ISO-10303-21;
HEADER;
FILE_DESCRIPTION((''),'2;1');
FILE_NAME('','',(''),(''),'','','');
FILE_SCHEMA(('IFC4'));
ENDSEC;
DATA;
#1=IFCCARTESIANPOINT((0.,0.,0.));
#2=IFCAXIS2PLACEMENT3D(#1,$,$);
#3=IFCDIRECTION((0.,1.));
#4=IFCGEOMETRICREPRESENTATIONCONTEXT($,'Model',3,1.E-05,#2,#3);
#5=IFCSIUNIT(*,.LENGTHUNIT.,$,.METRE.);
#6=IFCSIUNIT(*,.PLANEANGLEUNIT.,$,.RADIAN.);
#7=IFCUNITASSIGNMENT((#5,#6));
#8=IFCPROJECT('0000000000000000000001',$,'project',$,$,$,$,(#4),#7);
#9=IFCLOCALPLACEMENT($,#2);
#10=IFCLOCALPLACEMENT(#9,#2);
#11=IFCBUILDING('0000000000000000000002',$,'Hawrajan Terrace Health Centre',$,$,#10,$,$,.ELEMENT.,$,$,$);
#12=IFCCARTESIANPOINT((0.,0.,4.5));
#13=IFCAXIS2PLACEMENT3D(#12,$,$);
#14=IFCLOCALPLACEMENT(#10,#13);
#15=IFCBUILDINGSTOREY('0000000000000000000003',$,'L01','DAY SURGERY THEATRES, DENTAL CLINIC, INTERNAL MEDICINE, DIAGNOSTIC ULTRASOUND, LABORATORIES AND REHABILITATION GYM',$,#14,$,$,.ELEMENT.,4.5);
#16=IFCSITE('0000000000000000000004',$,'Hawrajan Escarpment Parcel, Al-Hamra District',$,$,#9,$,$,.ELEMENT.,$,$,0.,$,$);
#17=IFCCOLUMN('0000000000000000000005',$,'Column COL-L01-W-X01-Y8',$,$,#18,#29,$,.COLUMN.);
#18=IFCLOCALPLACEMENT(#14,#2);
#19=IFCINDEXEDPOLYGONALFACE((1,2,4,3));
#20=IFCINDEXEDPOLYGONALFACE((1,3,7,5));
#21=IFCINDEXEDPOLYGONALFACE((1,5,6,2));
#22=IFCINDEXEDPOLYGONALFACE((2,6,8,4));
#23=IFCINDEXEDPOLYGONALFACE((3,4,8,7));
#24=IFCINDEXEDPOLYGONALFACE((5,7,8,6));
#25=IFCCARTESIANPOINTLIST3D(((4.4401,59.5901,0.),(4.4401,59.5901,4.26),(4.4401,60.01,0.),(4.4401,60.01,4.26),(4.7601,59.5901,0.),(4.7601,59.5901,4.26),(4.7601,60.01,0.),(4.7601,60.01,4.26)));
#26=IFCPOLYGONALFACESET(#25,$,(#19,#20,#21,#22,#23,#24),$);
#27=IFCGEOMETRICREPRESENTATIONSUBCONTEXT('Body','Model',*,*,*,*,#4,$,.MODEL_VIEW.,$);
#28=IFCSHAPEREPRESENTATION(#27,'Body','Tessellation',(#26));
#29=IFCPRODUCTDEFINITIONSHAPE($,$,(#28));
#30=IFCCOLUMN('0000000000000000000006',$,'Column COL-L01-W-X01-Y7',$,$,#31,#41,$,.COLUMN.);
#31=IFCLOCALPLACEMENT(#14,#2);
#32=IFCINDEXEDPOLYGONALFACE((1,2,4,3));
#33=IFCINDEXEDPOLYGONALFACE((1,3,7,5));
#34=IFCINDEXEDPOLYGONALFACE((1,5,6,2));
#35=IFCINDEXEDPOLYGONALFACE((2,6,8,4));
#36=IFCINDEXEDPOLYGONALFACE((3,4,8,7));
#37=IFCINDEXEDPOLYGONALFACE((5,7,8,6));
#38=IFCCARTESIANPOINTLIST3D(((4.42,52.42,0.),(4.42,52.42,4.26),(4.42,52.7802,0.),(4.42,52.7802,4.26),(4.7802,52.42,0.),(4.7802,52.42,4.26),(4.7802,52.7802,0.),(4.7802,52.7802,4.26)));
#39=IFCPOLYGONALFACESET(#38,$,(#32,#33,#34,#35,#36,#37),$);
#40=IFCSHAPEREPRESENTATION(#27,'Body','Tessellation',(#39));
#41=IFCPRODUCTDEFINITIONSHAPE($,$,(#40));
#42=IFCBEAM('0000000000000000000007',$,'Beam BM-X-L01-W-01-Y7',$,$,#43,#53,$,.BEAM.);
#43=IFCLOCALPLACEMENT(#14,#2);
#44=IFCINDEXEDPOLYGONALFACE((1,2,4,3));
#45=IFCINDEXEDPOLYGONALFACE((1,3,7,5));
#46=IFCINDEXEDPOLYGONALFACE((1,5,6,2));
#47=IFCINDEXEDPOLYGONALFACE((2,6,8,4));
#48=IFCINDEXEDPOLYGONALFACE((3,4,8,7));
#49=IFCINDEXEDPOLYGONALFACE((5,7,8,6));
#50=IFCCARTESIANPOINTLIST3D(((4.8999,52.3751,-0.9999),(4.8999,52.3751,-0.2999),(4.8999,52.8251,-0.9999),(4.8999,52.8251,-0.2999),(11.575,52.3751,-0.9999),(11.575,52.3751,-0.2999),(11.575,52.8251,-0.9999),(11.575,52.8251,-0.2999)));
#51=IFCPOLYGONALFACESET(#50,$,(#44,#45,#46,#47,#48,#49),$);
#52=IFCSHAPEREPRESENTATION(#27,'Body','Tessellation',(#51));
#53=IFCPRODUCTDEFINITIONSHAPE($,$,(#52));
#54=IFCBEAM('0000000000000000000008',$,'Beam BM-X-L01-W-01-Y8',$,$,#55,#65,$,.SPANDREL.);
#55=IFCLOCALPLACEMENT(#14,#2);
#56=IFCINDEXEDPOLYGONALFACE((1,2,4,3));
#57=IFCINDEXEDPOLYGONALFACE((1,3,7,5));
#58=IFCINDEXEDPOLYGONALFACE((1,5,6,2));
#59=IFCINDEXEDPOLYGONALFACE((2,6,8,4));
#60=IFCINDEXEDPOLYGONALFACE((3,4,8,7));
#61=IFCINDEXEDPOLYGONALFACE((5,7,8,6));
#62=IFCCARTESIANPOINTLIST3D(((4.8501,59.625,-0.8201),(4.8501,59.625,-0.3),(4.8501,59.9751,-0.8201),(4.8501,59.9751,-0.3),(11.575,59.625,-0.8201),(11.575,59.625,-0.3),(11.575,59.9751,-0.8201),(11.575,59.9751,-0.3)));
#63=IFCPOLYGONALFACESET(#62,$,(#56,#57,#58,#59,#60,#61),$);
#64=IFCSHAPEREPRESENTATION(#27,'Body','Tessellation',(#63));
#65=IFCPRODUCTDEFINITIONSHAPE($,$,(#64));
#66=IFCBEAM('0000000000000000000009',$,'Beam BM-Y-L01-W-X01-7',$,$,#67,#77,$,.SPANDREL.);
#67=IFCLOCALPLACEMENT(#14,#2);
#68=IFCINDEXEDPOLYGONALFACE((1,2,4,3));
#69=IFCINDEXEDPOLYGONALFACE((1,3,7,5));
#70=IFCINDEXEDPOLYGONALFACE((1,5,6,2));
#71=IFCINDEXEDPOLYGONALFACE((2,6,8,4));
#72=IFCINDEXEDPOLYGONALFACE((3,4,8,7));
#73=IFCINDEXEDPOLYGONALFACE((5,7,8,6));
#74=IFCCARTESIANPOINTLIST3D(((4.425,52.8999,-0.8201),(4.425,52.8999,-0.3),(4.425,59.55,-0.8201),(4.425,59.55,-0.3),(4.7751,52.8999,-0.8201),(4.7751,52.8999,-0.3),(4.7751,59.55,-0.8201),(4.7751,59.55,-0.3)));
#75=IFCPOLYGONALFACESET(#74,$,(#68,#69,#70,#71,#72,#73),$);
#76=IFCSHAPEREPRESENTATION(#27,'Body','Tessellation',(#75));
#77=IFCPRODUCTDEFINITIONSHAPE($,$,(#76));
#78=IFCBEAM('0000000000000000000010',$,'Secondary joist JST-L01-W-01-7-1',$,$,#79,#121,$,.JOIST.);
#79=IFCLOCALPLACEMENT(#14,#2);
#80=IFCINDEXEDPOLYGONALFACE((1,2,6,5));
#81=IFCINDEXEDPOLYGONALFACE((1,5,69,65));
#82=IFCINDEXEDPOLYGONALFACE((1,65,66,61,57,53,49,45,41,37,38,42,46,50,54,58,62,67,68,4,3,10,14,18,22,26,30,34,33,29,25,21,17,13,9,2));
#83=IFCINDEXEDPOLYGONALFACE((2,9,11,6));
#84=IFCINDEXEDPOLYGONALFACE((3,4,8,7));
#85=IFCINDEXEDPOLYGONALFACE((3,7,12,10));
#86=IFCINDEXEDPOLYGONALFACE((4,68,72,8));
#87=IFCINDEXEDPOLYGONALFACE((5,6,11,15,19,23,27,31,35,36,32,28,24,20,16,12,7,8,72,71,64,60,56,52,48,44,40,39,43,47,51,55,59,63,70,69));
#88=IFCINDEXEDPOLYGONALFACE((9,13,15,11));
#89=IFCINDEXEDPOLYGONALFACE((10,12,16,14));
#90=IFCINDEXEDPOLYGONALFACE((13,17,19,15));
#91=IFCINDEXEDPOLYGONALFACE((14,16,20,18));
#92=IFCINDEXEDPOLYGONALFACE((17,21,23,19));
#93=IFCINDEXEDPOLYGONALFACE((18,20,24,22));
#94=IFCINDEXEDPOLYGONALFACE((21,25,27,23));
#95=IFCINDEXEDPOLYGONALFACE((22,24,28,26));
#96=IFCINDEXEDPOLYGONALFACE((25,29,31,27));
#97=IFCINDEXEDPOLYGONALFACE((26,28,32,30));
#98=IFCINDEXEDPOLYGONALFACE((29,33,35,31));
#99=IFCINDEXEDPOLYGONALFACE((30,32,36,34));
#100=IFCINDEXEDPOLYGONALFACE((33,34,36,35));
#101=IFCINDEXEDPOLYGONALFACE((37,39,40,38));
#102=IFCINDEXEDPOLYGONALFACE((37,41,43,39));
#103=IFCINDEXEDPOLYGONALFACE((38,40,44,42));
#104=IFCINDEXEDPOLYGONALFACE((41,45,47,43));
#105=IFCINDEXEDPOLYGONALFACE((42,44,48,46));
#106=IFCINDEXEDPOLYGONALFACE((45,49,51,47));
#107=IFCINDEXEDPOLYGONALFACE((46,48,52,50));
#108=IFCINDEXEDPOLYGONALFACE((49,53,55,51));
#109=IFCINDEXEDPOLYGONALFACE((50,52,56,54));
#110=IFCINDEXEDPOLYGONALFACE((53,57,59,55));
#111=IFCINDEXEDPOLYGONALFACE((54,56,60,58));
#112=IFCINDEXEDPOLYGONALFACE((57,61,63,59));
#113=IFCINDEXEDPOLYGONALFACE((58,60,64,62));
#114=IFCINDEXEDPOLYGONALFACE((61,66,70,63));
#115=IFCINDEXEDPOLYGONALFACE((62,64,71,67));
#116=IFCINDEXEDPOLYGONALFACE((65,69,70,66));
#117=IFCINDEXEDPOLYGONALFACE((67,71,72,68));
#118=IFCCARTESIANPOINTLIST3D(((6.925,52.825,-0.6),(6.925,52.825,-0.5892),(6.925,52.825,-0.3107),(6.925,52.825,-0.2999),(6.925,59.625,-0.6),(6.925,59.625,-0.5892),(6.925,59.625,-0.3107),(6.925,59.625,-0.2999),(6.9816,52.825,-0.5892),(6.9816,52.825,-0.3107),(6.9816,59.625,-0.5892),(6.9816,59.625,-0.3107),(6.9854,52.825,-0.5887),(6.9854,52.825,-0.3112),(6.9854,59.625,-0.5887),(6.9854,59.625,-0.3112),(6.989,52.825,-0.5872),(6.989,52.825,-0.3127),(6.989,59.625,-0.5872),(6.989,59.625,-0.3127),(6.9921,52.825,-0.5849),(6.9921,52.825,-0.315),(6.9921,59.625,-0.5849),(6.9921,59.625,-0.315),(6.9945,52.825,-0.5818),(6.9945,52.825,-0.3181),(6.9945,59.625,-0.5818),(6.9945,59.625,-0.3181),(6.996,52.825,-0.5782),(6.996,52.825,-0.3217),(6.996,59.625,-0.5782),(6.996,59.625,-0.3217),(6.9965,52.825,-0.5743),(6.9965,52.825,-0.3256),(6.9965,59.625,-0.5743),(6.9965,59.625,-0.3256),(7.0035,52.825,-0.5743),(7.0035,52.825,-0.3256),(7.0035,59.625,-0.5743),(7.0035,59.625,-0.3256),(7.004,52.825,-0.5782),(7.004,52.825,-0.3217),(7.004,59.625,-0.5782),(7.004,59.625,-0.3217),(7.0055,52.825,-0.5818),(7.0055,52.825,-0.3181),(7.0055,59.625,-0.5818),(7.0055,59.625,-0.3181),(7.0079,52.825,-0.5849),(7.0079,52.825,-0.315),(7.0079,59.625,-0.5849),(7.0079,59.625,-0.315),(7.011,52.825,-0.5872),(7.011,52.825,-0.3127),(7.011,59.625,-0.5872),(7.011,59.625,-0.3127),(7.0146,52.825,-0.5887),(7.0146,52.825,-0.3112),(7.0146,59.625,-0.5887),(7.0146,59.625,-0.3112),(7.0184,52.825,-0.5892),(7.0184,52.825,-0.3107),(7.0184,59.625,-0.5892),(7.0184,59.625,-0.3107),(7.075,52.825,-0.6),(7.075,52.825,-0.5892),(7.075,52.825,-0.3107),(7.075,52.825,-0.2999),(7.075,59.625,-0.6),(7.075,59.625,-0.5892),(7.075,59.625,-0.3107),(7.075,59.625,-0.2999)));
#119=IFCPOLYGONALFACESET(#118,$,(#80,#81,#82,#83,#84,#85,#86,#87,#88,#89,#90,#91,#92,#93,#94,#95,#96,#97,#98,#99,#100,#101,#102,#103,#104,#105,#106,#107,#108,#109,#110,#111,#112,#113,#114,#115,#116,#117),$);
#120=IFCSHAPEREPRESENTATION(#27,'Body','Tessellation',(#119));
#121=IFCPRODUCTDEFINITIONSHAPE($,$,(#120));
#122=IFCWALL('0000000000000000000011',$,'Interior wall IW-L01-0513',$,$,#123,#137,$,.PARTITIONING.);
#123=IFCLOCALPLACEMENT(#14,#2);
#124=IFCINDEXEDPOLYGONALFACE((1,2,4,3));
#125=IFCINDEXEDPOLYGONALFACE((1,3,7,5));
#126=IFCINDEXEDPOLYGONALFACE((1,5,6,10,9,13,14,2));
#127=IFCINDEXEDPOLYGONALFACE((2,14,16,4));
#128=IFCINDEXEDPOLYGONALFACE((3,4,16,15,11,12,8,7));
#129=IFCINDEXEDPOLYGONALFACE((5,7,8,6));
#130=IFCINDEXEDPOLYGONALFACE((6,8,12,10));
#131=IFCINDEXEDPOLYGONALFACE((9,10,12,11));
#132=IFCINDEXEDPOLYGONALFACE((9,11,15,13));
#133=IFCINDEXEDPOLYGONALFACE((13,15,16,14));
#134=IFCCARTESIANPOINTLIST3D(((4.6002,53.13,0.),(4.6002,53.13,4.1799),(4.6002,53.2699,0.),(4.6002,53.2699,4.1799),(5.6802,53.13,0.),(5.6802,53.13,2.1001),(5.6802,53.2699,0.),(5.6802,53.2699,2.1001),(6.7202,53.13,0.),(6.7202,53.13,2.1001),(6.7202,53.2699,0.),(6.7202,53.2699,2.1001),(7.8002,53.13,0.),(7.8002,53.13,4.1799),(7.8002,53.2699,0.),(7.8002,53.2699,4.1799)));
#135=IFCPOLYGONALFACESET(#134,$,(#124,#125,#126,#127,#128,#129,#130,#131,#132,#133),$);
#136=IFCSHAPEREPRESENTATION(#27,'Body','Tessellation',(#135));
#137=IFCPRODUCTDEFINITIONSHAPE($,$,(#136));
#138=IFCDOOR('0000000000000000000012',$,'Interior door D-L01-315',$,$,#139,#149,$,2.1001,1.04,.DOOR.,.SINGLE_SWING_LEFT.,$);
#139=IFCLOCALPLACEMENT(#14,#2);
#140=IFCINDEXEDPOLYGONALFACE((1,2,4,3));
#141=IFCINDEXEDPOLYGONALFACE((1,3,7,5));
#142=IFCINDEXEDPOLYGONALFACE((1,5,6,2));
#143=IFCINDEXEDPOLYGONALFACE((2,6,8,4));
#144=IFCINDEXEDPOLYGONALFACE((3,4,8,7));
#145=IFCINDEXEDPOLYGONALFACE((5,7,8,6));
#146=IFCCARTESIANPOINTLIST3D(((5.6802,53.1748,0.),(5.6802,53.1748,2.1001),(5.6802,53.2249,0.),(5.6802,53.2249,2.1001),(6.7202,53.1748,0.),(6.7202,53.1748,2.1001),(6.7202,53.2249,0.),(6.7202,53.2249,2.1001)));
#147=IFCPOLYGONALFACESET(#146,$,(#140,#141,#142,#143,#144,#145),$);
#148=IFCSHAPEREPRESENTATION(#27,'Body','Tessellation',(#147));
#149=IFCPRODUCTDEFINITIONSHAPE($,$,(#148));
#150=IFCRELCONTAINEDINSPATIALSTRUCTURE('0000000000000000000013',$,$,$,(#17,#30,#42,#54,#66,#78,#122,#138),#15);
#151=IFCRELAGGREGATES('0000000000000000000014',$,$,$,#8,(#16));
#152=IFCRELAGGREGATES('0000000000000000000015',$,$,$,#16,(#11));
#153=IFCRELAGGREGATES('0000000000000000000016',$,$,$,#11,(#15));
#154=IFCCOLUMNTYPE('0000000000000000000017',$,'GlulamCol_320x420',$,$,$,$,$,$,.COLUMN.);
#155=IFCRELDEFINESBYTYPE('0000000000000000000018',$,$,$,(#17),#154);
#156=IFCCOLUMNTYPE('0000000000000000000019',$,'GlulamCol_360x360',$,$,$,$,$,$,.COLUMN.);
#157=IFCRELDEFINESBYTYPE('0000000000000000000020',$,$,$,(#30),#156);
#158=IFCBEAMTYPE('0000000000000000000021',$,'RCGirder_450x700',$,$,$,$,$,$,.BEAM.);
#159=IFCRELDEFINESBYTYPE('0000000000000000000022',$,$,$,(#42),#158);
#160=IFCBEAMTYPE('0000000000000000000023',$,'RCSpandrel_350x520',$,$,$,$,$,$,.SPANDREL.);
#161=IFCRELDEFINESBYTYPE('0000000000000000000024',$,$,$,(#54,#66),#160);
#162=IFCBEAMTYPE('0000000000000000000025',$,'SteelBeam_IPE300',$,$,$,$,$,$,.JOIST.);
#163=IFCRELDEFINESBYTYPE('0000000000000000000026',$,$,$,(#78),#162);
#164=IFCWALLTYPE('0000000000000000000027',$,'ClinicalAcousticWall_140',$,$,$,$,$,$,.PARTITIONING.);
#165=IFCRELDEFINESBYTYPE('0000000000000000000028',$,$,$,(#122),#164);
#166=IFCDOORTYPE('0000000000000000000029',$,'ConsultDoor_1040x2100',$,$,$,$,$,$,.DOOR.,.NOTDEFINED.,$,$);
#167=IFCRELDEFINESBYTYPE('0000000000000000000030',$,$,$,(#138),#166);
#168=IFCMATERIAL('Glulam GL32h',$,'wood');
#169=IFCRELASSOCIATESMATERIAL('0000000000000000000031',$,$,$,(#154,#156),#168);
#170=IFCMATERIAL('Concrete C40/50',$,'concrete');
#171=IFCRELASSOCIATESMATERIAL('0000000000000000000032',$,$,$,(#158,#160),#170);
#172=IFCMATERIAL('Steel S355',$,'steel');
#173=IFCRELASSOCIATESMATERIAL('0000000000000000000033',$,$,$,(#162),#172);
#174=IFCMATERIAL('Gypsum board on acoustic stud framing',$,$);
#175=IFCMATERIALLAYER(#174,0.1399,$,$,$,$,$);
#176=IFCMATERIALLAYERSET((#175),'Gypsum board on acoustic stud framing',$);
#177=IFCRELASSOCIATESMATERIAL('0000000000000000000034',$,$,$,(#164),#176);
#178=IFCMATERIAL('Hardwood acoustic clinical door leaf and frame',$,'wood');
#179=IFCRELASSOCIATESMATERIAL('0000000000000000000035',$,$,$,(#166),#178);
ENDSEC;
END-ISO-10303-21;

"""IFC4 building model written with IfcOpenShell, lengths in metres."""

from ifc_helpers import new_model, si_unit, direction, frame, frame_2d, origin, origin_2d, place, context, subcontext, project, spatial, rectangle, i_section, extrude, material, layer, layer_set, material_profile, profile_set, type_object, element, fill, save


model = new_model("IFC4")

# Units and contexts
model_context = context("Model", 3, precision=1e-05, world=origin(), true_north=direction((0.0, 1.0)))
body_context = subcontext(model_context, "Body", "Model", "MODEL_VIEW")
ifc_project = project(units=[si_unit("LENGTHUNIT", "METRE"), si_unit("PLANEANGLEUNIT", "RADIAN")], contexts=[model_context])

# Site, building, storey
site_placement = place(None, origin())
site = spatial("IfcSite", under=ifc_project, at=site_placement, Name="Hawrajan Escarpment Parcel, Al-Hamra District", CompositionType="ELEMENT", RefElevation=0.0)
building_placement = place(site_placement, origin())
building = spatial("IfcBuilding", under=site, at=building_placement, Name="Hawrajan Terrace Health Centre", CompositionType="ELEMENT")
storey_placement = place(building_placement, frame((0.0, 0.0, 4.5)))
storey = spatial("IfcBuildingStorey", under=building, at=storey_placement, Name="L01", Description="DAY SURGERY THEATRES, DENTAL CLINIC, INTERNAL MEDICINE, DIAGNOSTIC ULTRASOUND, LABORATORIES AND REHABILITATION GYM", CompositionType="ELEMENT", Elevation=4.5)

# Columns
ifc_material_1 = material(Name="Glulam GL32h", Category="wood")
ifc_material_profile_1 = material_profile(ifc_material_1, rectangle(XDim=0.3201, YDim=0.4199, at=origin_2d()), Name="GL 320x420")
ifc_profile_set_1 = profile_set([ifc_material_profile_1], Name="Glulam GL32h")
column_type_1 = type_object("IfcColumnType", Name="GlulamCol_320x420", PredefinedType="COLUMN", material=ifc_profile_set_1)
column_1_placement = place(storey_placement, frame((4.6001, 59.8, 0.0), z_axis=(0.0, 0.0, 1.0), x_axis=(1.0, 0.0, 0.0)))
element("IfcColumn", 1, at=column_1_placement, inside=storey, type_object=column_type_1, Name="Column COL-L01-W-X01-Y8", PredefinedType="COLUMN", context=body_context, shape_type="SweptSolid", body=[
    extrude(rectangle(XDim=0.3201, YDim=0.4199, at=origin_2d()), origin(), (0.0, 0.0, 1.0), 4.26),
])
ifc_material_profile_2 = material_profile(ifc_material_1, rectangle(XDim=0.3601, YDim=0.3601, at=origin_2d()), Name="GL 360x360")
ifc_profile_set_2 = profile_set([ifc_material_profile_2], Name="Glulam GL32h")
column_type_2 = type_object("IfcColumnType", Name="GlulamCol_360x360", PredefinedType="COLUMN", material=ifc_profile_set_2)
column_2_placement = place(storey_placement, frame((4.6001, 52.6001, 0.0), z_axis=(0.0, 0.0, 1.0), x_axis=(1.0, 0.0, 0.0)))
element("IfcColumn", 2, at=column_2_placement, inside=storey, type_object=column_type_2, Name="Column COL-L01-W-X01-Y7", PredefinedType="COLUMN", context=body_context, shape_type="SweptSolid", body=[
    extrude(rectangle(XDim=0.3601, YDim=0.3601, at=origin_2d()), origin(), (0.0, 0.0, 1.0), 4.26),
])

# Beams
ifc_material_2 = material(Name="Concrete C40/50", Category="concrete")
ifc_material_profile_3 = material_profile(ifc_material_2, rectangle(XDim=0.45, YDim=0.7, at=origin_2d()), Name="RC BM 450x700")
ifc_profile_set_3 = profile_set([ifc_material_profile_3], Name="Concrete C40/50")
beam_type_1 = type_object("IfcBeamType", Name="RCGirder_450x700", PredefinedType="BEAM", material=ifc_profile_set_3)
beam_1_placement = place(storey_placement, frame((4.8999, 52.6001, -0.6499), z_axis=(1.0, 0.0, 0.0), x_axis=(0.0, 1.0, 0.0)))
element("IfcBeam", 3, at=beam_1_placement, inside=storey, type_object=beam_type_1, Name="Beam BM-X-L01-W-01-Y7", PredefinedType="BEAM", context=body_context, shape_type="SweptSolid", body=[
    extrude(rectangle(XDim=0.45, YDim=0.7, at=origin_2d()), origin(), (0.0, 0.0, 1.0), 6.675),
])
ifc_material_profile_4 = material_profile(ifc_material_2, rectangle(XDim=0.3501, YDim=0.52, at=origin_2d()), Name="RC SP 350x520")
ifc_profile_set_4 = profile_set([ifc_material_profile_4], Name="Concrete C40/50")
beam_type_2 = type_object("IfcBeamType", Name="RCSpandrel_350x520", PredefinedType="SPANDREL", material=ifc_profile_set_4)
beam_2_placement = place(storey_placement, frame((4.8501, 59.8, -0.5601), z_axis=(1.0, 0.0, 0.0), x_axis=(0.0, 1.0, 0.0)))
element("IfcBeam", 4, at=beam_2_placement, inside=storey, type_object=beam_type_2, Name="Beam BM-X-L01-W-01-Y8", PredefinedType="SPANDREL", context=body_context, shape_type="SweptSolid", body=[
    extrude(rectangle(XDim=0.3501, YDim=0.52, at=origin_2d()), origin(), (0.0, 0.0, 1.0), 6.7249),
])
beam_3_placement = place(storey_placement, frame((4.6001, 52.8999, -0.5601), z_axis=(0.0, 1.0, 0.0), x_axis=(-1.0, 0.0, 0.0)))
element("IfcBeam", 5, at=beam_3_placement, inside=storey, type_object=beam_type_2, Name="Beam BM-Y-L01-W-X01-7", PredefinedType="SPANDREL", context=body_context, shape_type="SweptSolid", body=[
    extrude(rectangle(XDim=0.3501, YDim=0.52, at=origin_2d()), origin(), (0.0, 0.0, 1.0), 6.6501),
])
ifc_material_3 = material(Name="Steel S355", Category="steel")
ifc_material_profile_5 = material_profile(ifc_material_3, i_section(OverallWidth=0.1499, OverallDepth=0.3, WebThickness=0.0071, FlangeThickness=0.0107, FilletRadius=0.0149, at=origin_2d()), Name="IPE 300")
ifc_profile_set_5 = profile_set([ifc_material_profile_5], Name="Steel S355")
beam_type_3 = type_object("IfcBeamType", Name="SteelBeam_IPE300", PredefinedType="JOIST", material=ifc_profile_set_5)
beam_4_placement = place(storey_placement, frame((7.0, 52.825, -0.45), z_axis=(0.0, 1.0, 0.0), x_axis=(-1.0, 0.0, 0.0)))
element("IfcBeam", 6, at=beam_4_placement, inside=storey, type_object=beam_type_3, Name="Secondary joist JST-L01-W-01-7-1", PredefinedType="JOIST", context=body_context, shape_type="SweptSolid", body=[
    extrude(i_section(OverallWidth=0.1499, OverallDepth=0.3, WebThickness=0.0071, FlangeThickness=0.0107, FilletRadius=0.0149, at=origin_2d()), origin(), (0.0, 0.0, 1.0), 6.8),
])

# Wall, opening, door
ifc_material_4 = material(Name="Gypsum board on acoustic stud framing")
ifc_layer_1 = layer(ifc_material_4, 0.1399)
ifc_layer_set_1 = layer_set([ifc_layer_1], Name="Gypsum board on acoustic stud framing")
wall_type_1 = type_object("IfcWallType", Name="ClinicalAcousticWall_140", PredefinedType="PARTITIONING", material=ifc_layer_set_1)
wall_1_placement = place(storey_placement, frame((4.6001, 53.2, 0.0), z_axis=(0.0, 0.0, 1.0), x_axis=(1.0, 0.0, 0.0)))
wall_1 = element("IfcWall", 7, at=wall_1_placement, inside=storey, type_object=wall_type_1, Name="Interior wall IW-L01-0513", PredefinedType="PARTITIONING", context=body_context, shape_type="SweptSolid", body=[
    extrude(rectangle(XDim=3.2, YDim=0.1399, at=frame_2d((1.6001, 0.0))), origin(), (0.0, 0.0, 1.0), 4.1799),
])
opening_1_placement = place(wall_1_placement, frame((1.0801, 0.0, 0.0)))
opening_1 = element("IfcOpeningElement", 8, at=opening_1_placement, cuts=wall_1, PredefinedType="OPENING", context=body_context, shape_type="SweptSolid", body=[
    extrude(rectangle(XDim=1.04, YDim=2.1001, at=frame_2d((0.52, 1.05))), frame((0.0, 0.0798, 0.0), z_axis=(0.0, -1.0, 0.0), x_axis=(1.0, 0.0, 0.0)), (0.0, 0.0, 1.0), 0.1599),
])
ifc_material_5 = material(Name="Hardwood acoustic clinical door leaf and frame", Category="wood")
door_type_1 = type_object("IfcDoorType", Name="ConsultDoor_1040x2100", OperationType="NOTDEFINED", PredefinedType="DOOR", material=ifc_material_5)
door_1_placement = place(opening_1_placement, origin())
door_1 = element("IfcDoor", 9, at=door_1_placement, inside=storey, type_object=door_type_1, Name="Interior door D-L01-315", OperationType="SINGLE_SWING_LEFT", OverallHeight=2.1001, OverallWidth=1.04, PredefinedType="DOOR", context=body_context, shape_type="SweptSolid", body=[
    extrude(rectangle(XDim=1.04, YDim=2.1001, at=frame_2d((0.52, 1.05))), frame((0.0, 0.0249, 0.0), z_axis=(0.0, -1.0, 0.0), x_axis=(1.0, 0.0, 0.0)), (0.0, 0.0, 1.0), 0.05),
])
fill(opening_1, door_1)

save(model, "model.ifc")
